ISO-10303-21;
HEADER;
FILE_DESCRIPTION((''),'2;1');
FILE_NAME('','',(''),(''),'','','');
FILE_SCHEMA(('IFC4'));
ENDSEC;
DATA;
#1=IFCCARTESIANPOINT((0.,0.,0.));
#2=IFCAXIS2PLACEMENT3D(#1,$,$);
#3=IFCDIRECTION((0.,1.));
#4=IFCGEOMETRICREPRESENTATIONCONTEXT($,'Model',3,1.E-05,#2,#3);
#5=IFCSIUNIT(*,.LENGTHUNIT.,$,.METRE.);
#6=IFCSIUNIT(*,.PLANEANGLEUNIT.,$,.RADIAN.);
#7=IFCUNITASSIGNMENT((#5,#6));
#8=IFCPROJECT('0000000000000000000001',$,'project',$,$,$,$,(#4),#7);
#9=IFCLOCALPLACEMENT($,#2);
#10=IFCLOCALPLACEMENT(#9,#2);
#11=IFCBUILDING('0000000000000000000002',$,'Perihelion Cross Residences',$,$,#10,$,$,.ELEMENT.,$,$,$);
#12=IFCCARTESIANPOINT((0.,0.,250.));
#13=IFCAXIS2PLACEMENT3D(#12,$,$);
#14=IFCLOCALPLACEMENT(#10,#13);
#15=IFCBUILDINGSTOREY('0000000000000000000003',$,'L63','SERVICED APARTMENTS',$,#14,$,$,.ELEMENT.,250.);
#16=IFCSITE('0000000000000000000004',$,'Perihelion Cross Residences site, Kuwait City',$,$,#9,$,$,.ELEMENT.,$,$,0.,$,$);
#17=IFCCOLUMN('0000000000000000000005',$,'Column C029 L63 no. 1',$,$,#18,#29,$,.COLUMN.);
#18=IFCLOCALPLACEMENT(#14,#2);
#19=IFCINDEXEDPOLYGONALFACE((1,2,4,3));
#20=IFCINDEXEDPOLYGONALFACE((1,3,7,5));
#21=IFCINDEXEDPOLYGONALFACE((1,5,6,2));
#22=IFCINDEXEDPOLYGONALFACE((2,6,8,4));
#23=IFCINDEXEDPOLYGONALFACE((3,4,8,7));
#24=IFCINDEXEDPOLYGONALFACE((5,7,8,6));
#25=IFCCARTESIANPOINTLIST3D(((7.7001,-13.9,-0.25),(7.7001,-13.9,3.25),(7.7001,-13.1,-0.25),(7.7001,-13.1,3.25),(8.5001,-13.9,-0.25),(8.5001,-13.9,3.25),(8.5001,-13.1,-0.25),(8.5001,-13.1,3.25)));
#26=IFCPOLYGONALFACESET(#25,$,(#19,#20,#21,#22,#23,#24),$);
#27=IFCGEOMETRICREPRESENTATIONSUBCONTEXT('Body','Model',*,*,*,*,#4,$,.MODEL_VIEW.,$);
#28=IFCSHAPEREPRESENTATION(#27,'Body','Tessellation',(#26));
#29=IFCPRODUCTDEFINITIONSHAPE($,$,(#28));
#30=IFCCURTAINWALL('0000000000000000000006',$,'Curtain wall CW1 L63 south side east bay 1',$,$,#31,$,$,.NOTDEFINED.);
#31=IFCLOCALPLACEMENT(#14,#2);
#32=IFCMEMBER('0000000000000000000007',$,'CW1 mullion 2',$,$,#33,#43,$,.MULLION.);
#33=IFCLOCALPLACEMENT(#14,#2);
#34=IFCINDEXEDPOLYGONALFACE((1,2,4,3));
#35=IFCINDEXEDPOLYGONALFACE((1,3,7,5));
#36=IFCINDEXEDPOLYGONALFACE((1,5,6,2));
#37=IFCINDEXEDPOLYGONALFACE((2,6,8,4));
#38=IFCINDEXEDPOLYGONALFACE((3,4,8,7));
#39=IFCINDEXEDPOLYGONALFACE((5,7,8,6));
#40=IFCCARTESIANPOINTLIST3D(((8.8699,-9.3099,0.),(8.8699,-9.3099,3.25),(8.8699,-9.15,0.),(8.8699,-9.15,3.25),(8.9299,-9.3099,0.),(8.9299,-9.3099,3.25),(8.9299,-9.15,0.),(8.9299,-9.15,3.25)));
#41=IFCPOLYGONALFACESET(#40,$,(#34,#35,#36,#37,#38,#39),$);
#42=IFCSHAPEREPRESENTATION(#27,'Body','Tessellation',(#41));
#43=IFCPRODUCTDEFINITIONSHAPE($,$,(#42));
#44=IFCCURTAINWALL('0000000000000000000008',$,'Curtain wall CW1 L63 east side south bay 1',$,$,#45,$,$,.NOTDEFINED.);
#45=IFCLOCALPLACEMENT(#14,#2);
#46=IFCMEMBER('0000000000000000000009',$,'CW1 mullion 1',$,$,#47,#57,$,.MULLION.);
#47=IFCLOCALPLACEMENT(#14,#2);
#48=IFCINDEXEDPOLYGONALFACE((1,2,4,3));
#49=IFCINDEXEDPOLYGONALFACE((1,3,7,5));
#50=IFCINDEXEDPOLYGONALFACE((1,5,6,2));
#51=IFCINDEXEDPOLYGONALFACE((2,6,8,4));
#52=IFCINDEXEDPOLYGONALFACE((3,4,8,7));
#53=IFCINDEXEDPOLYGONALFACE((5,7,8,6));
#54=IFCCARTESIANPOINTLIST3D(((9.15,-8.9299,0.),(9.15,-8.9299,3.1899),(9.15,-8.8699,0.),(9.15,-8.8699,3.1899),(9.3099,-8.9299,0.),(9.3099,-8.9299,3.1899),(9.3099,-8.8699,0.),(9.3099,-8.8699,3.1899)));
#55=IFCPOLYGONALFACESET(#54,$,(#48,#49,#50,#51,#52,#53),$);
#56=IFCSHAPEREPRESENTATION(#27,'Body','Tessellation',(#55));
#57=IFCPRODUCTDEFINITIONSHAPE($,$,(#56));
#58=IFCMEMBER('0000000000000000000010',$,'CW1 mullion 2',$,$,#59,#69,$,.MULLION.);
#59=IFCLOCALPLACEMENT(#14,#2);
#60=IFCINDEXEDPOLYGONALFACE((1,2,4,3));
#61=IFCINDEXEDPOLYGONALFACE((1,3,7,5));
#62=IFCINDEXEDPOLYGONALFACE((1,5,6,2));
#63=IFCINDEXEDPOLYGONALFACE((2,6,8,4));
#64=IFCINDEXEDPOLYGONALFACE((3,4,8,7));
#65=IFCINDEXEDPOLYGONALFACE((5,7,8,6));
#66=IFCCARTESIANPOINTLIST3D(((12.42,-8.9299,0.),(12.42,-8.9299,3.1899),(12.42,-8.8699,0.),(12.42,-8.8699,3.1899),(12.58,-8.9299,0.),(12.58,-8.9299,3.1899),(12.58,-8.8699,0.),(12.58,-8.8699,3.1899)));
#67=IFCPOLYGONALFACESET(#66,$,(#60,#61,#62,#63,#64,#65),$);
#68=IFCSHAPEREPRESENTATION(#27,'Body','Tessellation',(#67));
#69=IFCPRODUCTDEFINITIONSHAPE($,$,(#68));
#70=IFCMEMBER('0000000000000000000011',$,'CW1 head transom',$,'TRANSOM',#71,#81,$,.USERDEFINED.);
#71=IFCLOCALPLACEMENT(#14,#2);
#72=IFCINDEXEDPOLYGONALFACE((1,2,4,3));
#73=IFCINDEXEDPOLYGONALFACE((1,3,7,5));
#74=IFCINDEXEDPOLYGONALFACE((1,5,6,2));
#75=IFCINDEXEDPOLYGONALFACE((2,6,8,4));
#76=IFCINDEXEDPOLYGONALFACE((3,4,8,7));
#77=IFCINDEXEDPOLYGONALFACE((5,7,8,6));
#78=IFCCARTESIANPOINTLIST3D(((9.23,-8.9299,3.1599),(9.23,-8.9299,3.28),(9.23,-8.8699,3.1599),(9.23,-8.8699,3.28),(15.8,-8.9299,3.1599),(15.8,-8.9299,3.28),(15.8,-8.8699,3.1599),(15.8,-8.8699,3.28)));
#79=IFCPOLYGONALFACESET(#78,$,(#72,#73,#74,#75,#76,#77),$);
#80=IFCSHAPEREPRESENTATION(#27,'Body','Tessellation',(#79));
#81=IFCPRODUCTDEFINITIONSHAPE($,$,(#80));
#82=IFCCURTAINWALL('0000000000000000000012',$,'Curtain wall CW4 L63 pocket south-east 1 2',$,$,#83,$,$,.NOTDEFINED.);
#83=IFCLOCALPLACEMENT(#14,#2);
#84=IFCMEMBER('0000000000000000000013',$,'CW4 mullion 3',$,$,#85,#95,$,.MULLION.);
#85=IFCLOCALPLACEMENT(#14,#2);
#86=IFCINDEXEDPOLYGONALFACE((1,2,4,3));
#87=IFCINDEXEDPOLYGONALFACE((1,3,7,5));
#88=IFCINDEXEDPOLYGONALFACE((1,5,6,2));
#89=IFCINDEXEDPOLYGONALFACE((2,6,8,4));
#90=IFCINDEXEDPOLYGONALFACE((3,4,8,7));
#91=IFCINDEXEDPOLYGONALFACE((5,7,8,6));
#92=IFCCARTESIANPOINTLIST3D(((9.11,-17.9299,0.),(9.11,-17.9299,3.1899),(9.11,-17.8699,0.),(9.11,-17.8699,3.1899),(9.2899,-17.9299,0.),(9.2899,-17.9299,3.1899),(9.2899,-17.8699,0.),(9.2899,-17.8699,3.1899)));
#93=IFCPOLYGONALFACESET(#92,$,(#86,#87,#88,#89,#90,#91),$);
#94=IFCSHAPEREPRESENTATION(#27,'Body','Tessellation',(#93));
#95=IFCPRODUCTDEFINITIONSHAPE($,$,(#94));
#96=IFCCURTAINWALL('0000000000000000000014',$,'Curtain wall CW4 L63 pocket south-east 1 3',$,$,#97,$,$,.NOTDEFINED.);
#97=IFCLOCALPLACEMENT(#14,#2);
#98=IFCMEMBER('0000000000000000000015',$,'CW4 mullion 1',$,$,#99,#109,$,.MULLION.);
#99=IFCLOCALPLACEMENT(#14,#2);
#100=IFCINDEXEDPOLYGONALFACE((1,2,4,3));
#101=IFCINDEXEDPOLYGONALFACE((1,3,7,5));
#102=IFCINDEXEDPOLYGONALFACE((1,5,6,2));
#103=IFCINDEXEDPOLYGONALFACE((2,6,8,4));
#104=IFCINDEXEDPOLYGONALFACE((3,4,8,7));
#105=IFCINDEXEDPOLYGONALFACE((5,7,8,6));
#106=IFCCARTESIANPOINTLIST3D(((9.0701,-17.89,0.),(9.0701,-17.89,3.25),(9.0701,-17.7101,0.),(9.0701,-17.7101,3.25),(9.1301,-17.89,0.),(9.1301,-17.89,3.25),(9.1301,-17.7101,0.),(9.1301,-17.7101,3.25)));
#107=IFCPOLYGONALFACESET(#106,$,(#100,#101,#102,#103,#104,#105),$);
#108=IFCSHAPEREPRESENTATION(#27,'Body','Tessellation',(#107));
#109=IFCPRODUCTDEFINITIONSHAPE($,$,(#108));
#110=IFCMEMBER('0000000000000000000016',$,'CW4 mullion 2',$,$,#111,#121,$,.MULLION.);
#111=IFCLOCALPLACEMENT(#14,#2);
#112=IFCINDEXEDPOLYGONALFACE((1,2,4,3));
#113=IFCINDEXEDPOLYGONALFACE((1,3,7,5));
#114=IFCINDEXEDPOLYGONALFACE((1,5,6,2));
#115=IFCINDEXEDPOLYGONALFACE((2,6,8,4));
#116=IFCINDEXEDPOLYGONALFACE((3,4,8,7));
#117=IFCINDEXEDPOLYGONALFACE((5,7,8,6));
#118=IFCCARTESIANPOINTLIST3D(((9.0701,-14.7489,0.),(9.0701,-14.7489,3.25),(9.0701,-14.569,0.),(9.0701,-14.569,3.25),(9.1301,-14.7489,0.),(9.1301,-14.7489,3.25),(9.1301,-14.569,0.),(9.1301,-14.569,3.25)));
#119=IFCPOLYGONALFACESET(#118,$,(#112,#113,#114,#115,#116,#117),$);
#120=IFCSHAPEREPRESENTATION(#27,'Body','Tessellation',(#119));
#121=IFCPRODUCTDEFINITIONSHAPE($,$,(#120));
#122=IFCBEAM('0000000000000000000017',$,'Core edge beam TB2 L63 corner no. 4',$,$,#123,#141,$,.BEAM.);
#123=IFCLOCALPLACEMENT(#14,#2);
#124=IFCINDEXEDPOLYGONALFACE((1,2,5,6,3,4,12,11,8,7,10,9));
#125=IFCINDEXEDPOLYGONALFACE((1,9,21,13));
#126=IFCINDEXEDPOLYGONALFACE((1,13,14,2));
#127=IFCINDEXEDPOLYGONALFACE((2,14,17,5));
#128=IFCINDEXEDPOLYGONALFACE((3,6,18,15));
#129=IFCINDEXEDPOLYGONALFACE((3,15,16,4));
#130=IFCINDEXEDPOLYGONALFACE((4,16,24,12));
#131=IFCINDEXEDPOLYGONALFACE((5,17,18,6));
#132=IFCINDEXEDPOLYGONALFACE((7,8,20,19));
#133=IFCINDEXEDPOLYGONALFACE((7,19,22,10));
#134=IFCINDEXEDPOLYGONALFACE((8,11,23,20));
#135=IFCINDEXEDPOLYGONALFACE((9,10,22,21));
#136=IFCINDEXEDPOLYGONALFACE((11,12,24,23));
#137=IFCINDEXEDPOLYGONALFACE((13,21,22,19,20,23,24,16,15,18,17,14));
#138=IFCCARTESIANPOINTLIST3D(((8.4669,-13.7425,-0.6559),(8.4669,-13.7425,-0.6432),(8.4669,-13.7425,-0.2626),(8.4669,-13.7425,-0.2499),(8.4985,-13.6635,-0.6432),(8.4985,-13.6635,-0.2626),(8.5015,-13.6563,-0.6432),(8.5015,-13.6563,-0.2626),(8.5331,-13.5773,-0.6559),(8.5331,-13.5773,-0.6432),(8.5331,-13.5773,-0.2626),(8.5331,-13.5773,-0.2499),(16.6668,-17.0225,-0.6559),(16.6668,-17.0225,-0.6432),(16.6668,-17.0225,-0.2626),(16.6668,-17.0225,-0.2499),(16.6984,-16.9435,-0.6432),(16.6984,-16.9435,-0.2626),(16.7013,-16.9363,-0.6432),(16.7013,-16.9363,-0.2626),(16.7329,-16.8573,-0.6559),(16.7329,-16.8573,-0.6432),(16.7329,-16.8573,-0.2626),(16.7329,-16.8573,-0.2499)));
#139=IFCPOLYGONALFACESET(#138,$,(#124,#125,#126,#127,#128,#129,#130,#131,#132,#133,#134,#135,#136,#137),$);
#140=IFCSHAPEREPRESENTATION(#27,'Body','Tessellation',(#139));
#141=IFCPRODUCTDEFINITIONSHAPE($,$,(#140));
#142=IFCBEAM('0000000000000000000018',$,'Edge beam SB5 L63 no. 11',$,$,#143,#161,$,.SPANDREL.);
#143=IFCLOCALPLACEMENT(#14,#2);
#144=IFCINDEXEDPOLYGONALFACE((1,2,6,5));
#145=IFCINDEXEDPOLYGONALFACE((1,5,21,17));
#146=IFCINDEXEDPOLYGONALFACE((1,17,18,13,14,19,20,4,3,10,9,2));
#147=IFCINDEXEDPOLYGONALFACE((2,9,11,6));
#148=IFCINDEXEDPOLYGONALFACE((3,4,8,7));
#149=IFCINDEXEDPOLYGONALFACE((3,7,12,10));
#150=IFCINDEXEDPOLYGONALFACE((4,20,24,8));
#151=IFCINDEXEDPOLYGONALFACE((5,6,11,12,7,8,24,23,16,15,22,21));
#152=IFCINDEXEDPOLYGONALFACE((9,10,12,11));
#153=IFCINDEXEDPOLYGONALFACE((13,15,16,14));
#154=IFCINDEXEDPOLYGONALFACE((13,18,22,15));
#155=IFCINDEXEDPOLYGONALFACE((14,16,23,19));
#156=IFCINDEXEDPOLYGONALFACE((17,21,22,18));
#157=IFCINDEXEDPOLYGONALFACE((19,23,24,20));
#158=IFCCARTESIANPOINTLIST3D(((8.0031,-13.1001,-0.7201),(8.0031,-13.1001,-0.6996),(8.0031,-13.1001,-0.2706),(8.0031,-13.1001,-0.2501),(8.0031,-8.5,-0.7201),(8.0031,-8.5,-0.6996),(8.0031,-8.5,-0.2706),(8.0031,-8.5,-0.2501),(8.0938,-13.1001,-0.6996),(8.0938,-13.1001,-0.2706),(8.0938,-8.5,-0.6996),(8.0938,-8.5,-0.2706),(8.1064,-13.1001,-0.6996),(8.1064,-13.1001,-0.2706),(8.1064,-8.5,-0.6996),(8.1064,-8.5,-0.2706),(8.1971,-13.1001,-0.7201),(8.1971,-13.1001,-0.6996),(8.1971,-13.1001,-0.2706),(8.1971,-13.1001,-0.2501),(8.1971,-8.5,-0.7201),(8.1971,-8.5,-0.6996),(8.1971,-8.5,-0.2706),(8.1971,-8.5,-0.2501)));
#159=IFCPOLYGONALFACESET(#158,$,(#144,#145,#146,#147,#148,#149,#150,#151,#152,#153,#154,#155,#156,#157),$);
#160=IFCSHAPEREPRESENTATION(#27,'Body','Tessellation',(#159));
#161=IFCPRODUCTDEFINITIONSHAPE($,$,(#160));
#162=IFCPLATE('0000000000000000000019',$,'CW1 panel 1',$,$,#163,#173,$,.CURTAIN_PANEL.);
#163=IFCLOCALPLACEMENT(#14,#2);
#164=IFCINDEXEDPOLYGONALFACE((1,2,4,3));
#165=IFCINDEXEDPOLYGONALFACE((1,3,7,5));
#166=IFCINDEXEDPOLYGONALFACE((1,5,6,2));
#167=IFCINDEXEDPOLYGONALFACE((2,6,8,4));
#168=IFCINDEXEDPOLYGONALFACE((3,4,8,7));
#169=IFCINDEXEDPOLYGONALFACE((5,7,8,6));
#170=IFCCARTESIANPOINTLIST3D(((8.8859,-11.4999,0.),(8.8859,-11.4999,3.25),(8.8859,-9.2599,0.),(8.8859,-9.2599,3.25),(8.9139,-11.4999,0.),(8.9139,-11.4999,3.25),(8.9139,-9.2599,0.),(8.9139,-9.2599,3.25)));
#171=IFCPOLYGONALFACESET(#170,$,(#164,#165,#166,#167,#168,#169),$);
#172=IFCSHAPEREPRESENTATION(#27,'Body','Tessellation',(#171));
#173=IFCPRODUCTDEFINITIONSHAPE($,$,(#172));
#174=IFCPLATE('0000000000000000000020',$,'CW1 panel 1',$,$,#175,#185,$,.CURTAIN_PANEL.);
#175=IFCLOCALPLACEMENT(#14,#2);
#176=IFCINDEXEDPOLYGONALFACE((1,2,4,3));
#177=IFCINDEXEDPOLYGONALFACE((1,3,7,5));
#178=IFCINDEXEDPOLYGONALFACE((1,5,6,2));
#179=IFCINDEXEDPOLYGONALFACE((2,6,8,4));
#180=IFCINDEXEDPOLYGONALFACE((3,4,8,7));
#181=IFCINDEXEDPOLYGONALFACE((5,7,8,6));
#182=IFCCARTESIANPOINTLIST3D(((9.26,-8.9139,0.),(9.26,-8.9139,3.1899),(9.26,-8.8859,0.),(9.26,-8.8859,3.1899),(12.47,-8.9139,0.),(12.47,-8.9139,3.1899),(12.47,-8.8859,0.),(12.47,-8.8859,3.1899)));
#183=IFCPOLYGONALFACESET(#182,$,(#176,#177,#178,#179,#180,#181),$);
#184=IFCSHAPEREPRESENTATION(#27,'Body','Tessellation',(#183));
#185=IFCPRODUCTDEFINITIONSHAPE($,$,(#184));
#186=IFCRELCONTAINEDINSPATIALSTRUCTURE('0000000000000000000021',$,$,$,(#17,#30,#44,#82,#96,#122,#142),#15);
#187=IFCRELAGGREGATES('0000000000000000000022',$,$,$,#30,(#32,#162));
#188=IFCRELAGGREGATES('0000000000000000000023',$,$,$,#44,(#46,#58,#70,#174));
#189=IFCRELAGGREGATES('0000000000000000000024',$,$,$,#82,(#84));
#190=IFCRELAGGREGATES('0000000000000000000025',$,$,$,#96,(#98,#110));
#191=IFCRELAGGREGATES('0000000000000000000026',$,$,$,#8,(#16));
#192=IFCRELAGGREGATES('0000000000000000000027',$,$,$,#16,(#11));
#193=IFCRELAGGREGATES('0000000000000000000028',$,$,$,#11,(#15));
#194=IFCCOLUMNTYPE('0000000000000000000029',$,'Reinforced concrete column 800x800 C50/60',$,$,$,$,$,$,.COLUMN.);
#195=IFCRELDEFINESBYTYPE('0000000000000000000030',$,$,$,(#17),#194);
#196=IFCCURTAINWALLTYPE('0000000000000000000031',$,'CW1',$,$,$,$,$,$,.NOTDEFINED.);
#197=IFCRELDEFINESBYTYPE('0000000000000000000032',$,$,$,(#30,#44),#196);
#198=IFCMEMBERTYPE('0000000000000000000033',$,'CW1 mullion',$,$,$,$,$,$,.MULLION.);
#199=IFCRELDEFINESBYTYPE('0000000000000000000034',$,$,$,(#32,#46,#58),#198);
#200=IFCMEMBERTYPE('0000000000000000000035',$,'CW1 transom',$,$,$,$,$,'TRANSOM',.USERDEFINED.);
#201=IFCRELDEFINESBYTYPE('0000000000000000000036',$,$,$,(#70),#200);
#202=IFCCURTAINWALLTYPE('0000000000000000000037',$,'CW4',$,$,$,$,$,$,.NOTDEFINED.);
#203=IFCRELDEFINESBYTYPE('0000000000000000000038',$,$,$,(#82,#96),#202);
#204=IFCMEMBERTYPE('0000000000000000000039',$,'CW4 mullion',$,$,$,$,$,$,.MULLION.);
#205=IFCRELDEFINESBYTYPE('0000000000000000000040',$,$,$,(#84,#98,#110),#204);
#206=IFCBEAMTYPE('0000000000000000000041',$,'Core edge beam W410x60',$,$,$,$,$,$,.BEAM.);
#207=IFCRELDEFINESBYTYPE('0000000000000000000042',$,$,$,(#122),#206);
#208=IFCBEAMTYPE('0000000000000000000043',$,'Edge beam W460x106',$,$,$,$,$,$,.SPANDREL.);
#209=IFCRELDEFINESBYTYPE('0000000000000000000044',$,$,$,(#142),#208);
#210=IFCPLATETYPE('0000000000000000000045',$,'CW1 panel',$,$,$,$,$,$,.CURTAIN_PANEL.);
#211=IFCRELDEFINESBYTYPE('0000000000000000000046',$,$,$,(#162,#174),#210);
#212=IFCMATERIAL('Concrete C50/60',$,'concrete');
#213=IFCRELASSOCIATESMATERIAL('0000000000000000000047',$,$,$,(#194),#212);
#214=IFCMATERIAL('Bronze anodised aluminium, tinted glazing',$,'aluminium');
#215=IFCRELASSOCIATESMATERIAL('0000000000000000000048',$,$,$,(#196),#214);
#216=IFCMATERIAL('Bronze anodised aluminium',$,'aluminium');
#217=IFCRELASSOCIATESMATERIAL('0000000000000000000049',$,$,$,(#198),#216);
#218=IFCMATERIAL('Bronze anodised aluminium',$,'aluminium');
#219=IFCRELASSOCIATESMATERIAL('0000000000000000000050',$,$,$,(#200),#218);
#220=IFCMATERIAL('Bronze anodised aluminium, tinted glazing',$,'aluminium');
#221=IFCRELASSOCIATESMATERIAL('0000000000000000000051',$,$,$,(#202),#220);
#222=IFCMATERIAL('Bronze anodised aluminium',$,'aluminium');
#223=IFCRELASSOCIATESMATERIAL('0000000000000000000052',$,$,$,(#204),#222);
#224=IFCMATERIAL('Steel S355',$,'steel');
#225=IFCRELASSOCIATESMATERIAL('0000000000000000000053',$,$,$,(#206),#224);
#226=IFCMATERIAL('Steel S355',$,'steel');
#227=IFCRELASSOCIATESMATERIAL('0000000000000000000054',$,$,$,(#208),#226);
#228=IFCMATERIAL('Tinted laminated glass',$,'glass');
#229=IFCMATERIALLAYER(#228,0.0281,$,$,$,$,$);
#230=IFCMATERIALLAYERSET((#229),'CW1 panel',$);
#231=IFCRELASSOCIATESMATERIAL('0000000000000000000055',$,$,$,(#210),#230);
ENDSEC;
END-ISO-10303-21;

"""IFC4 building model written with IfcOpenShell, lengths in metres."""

from ifc_helpers import new_model, si_unit, direction, frame, origin, origin_2d, place, context, subcontext, project, spatial, rectangle, i_section, extrude, material, layer, layer_set, material_profile, profile_set, type_object, element, aggregate, save


model = new_model("IFC4")

# Units and contexts
model_context = context("Model", 3, precision=1e-05, world=origin(), true_north=direction((0.0, 1.0)))
body_context = subcontext(model_context, "Body", "Model", "MODEL_VIEW")
ifc_project = project(units=[si_unit("LENGTHUNIT", "METRE"), si_unit("PLANEANGLEUNIT", "RADIAN")], contexts=[model_context])

# Site, building, storey
site_placement = place(None, origin())
site = spatial("IfcSite", under=ifc_project, at=site_placement, Name="Perihelion Cross Residences site, Kuwait City", CompositionType="ELEMENT", RefElevation=0.0)
building_placement = place(site_placement, origin())
building = spatial("IfcBuilding", under=site, at=building_placement, Name="Perihelion Cross Residences", CompositionType="ELEMENT")
storey_placement = place(building_placement, frame((0.0, 0.0, 250.0)))
storey = spatial("IfcBuildingStorey", under=building, at=storey_placement, Name="L63", Description="SERVICED APARTMENTS", CompositionType="ELEMENT", Elevation=250.0)

# Column
ifc_material_1 = material(Name="Concrete C50/60", Category="concrete")
ifc_material_profile_1 = material_profile(ifc_material_1, rectangle(XDim=0.8, YDim=0.8, at=origin_2d()), Name="RC 800x800")
ifc_profile_set_1 = profile_set([ifc_material_profile_1], Name="Concrete C50/60")
column_type = type_object("IfcColumnType", Name="Reinforced concrete column 800x800 C50/60", PredefinedType="COLUMN", material=ifc_profile_set_1)
column_placement = place(storey_placement, frame((8.1001, -13.5, -0.25), z_axis=(0.0, 0.0, 1.0), x_axis=(1.0, 0.0, 0.0)))
element("IfcColumn", 1, at=column_placement, inside=storey, type_object=column_type, Name="Column C029 L63 no. 1", PredefinedType="COLUMN", context=body_context, shape_type="SweptSolid", body=[
    extrude(rectangle(XDim=0.8, YDim=0.8, at=origin_2d()), origin(), (0.0, 0.0, 1.0), 3.5),
])

# Curtain wall, member
ifc_material_2 = material(Name="Bronze anodised aluminium, tinted glazing", Category="aluminium")
curtain_wall_type_1 = type_object("IfcCurtainWallType", Name="CW1", PredefinedType="NOTDEFINED", material=ifc_material_2)
curtain_wall_1_placement = place(storey_placement, origin())
curtain_wall_1 = element("IfcCurtainWall", 2, at=curtain_wall_1_placement, inside=storey, type_object=curtain_wall_type_1, Name="Curtain wall CW1 L63 south side east bay 1", PredefinedType="NOTDEFINED")
ifc_material_3 = material(Name="Bronze anodised aluminium", Category="aluminium")
ifc_material_profile_2 = material_profile(ifc_material_3, rectangle(XDim=0.0601, YDim=0.1599, at=origin_2d()), Name="CW1 mullion")
ifc_profile_set_2 = profile_set([ifc_material_profile_2], Name="Bronze anodised aluminium")
member_type_1 = type_object("IfcMemberType", Name="CW1 mullion", PredefinedType="MULLION", material=ifc_profile_set_2)
member_1_placement = place(storey_placement, frame((8.8999, -9.23, 0.0), z_axis=(0.0, 0.0, 1.0), x_axis=(-1.0, 0.0, 0.0)))
member_1 = element("IfcMember", 3, at=member_1_placement, type_object=member_type_1, Name="CW1 mullion 2", PredefinedType="MULLION", context=body_context, shape_type="SweptSolid", body=[
    extrude(rectangle(XDim=0.0601, YDim=0.1599, at=origin_2d()), origin(), (0.0, 0.0, 1.0), 3.25),
])

# Curtain wall, members
curtain_wall_2_placement = place(storey_placement, origin())
curtain_wall_2 = element("IfcCurtainWall", 4, at=curtain_wall_2_placement, inside=storey, type_object=curtain_wall_type_1, Name="Curtain wall CW1 L63 east side south bay 1", PredefinedType="NOTDEFINED")
member_2_placement = place(storey_placement, frame((9.23, -8.8999, 0.0), z_axis=(0.0, 0.0, 1.0), x_axis=(0.0, 1.0, 0.0)))
member_2 = element("IfcMember", 5, at=member_2_placement, type_object=member_type_1, Name="CW1 mullion 1", PredefinedType="MULLION", context=body_context, shape_type="SweptSolid", body=[
    extrude(rectangle(XDim=0.0601, YDim=0.1599, at=origin_2d()), origin(), (0.0, 0.0, 1.0), 3.1899),
])
member_3_placement = place(storey_placement, frame((12.5, -8.8999, 0.0), z_axis=(0.0, 0.0, 1.0), x_axis=(0.0, 1.0, 0.0)))
member_3 = element("IfcMember", 6, at=member_3_placement, type_object=member_type_1, Name="CW1 mullion 2", PredefinedType="MULLION", context=body_context, shape_type="SweptSolid", body=[
    extrude(rectangle(XDim=0.0601, YDim=0.1599, at=origin_2d()), origin(), (0.0, 0.0, 1.0), 3.1899),
])
ifc_material_4 = material(Name="Bronze anodised aluminium", Category="aluminium")
ifc_material_profile_3 = material_profile(ifc_material_4, rectangle(XDim=0.0601, YDim=0.1201, at=origin_2d()), Name="CW1 transom")
ifc_profile_set_3 = profile_set([ifc_material_profile_3], Name="Bronze anodised aluminium")
member_type_2 = type_object("IfcMemberType", Name="CW1 transom", ElementType="TRANSOM", PredefinedType="USERDEFINED", material=ifc_profile_set_3)
member_4_placement = place(storey_placement, frame((9.23, -8.8999, 3.22), z_axis=(1.0, 0.0, 0.0), x_axis=(0.0, 1.0, 0.0)))
member_4 = element("IfcMember", 7, at=member_4_placement, type_object=member_type_2, Name="CW1 head transom", ObjectType="TRANSOM", PredefinedType="USERDEFINED", context=body_context, shape_type="SweptSolid", body=[
    extrude(rectangle(XDim=0.0601, YDim=0.1201, at=origin_2d()), origin(), (0.0, 0.0, 1.0), 6.5701),
])

# Curtain wall, member
ifc_material_5 = material(Name="Bronze anodised aluminium, tinted glazing", Category="aluminium")
curtain_wall_type_2 = type_object("IfcCurtainWallType", Name="CW4", PredefinedType="NOTDEFINED", material=ifc_material_5)
curtain_wall_3_placement = place(storey_placement, origin())
curtain_wall_3 = element("IfcCurtainWall", 8, at=curtain_wall_3_placement, inside=storey, type_object=curtain_wall_type_2, Name="Curtain wall CW4 L63 pocket south-east 1 2", PredefinedType="NOTDEFINED")
ifc_material_6 = material(Name="Bronze anodised aluminium", Category="aluminium")
ifc_material_profile_4 = material_profile(ifc_material_6, rectangle(XDim=0.0601, YDim=0.1799, at=origin_2d()), Name="CW4 mullion")
ifc_profile_set_4 = profile_set([ifc_material_profile_4], Name="Bronze anodised aluminium")
member_type_3 = type_object("IfcMemberType", Name="CW4 mullion", PredefinedType="MULLION", material=ifc_profile_set_4)
member_5_placement = place(storey_placement, frame((9.2, -17.8999, 0.0), z_axis=(0.0, 0.0, 1.0), x_axis=(0.0, -1.0, 0.0)))
member_5 = element("IfcMember", 9, at=member_5_placement, type_object=member_type_3, Name="CW4 mullion 3", PredefinedType="MULLION", context=body_context, shape_type="SweptSolid", body=[
    extrude(rectangle(XDim=0.0601, YDim=0.1799, at=origin_2d()), origin(), (0.0, 0.0, 1.0), 3.1899),
])

# Curtain wall, members
curtain_wall_4_placement = place(storey_placement, origin())
curtain_wall_4 = element("IfcCurtainWall", 10, at=curtain_wall_4_placement, inside=storey, type_object=curtain_wall_type_2, Name="Curtain wall CW4 L63 pocket south-east 1 3", PredefinedType="NOTDEFINED")
member_6_placement = place(storey_placement, frame((9.1001, -17.8, 0.0), z_axis=(0.0, 0.0, 1.0), x_axis=(-1.0, 0.0, 0.0)))
member_6 = element("IfcMember", 11, at=member_6_placement, type_object=member_type_3, Name="CW4 mullion 1", PredefinedType="MULLION", context=body_context, shape_type="SweptSolid", body=[
    extrude(rectangle(XDim=0.0601, YDim=0.1799, at=origin_2d()), origin(), (0.0, 0.0, 1.0), 3.25),
])
member_7_placement = place(storey_placement, frame((9.1001, -14.6589, 0.0), z_axis=(0.0, 0.0, 1.0), x_axis=(-1.0, 0.0, 0.0)))
member_7 = element("IfcMember", 12, at=member_7_placement, type_object=member_type_3, Name="CW4 mullion 2", PredefinedType="MULLION", context=body_context, shape_type="SweptSolid", body=[
    extrude(rectangle(XDim=0.0601, YDim=0.1799, at=origin_2d()), origin(), (0.0, 0.0, 1.0), 3.25),
])

# Beams
ifc_material_7 = material(Name="Steel S355", Category="steel")
ifc_material_profile_5 = material_profile(ifc_material_7, i_section(OverallWidth=0.178, OverallDepth=0.406, WebThickness=0.0078, FlangeThickness=0.0127, at=origin_2d()), Name="W410x60")
ifc_profile_set_5 = profile_set([ifc_material_profile_5], Name="Steel S355")
beam_type_1 = type_object("IfcBeamType", Name="Core edge beam W410x60", PredefinedType="BEAM", material=ifc_profile_set_5)
beam_1_placement = place(storey_placement, frame((8.5, -13.6599, -0.4529), z_axis=(0.928475, -0.371395, 0.0), x_axis=(0.371395, 0.928475, 0.0)))
element("IfcBeam", 13, at=beam_1_placement, inside=storey, type_object=beam_type_1, Name="Core edge beam TB2 L63 corner no. 4", PredefinedType="BEAM", context=body_context, shape_type="SweptSolid", body=[
    extrude(i_section(OverallWidth=0.178, OverallDepth=0.406, WebThickness=0.0078, FlangeThickness=0.0127, at=origin_2d()), origin(), (0.0, 0.0, 1.0), 8.8315),
])
ifc_material_8 = material(Name="Steel S355", Category="steel")
ifc_material_profile_6 = material_profile(ifc_material_8, i_section(OverallWidth=0.1941, OverallDepth=0.47, WebThickness=0.0127, FlangeThickness=0.0205, at=origin_2d()), Name="W460x106")
ifc_profile_set_6 = profile_set([ifc_material_profile_6], Name="Steel S355")
beam_type_2 = type_object("IfcBeamType", Name="Edge beam W460x106", PredefinedType="SPANDREL", material=ifc_profile_set_6)
beam_2_placement = place(storey_placement, frame((8.1001, -13.1001, -0.4851), z_axis=(0.0, 1.0, 0.0), x_axis=(-1.0, 0.0, 0.0)))
element("IfcBeam", 14, at=beam_2_placement, inside=storey, type_object=beam_type_2, Name="Edge beam SB5 L63 no. 11", PredefinedType="SPANDREL", context=body_context, shape_type="SweptSolid", body=[
    extrude(i_section(OverallWidth=0.1941, OverallDepth=0.47, WebThickness=0.0127, FlangeThickness=0.0205, at=origin_2d()), origin(), (0.0, 0.0, 1.0), 4.6001),
])

# Plates
ifc_material_9 = material(Name="Tinted laminated glass", Category="glass")
ifc_layer_1 = layer(ifc_material_9, 0.0281)
ifc_layer_set_1 = layer_set([ifc_layer_1], Name="CW1 panel")
plate_type_1 = type_object("IfcPlateType", Name="CW1 panel", PredefinedType="CURTAIN_PANEL", material=ifc_layer_set_1)
plate_1_placement = place(storey_placement, frame((8.8999, -10.3799, 0.0), z_axis=(0.0, 0.0, 1.0), x_axis=(0.0, 1.0, 0.0)))
plate_1 = element("IfcPlate", 15, at=plate_1_placement, type_object=plate_type_1, Name="CW1 panel 1", PredefinedType="CURTAIN_PANEL", context=body_context, shape_type="SweptSolid", body=[
    extrude(rectangle(XDim=2.24, YDim=0.0281, at=origin_2d()), origin(), (0.0, 0.0, 1.0), 3.25),
])
aggregate(curtain_wall_1, [member_1, plate_1])
plate_2_placement = place(storey_placement, frame((10.865, -8.8999, 0.0), z_axis=(0.0, 0.0, 1.0), x_axis=(1.0, 0.0, 0.0)))
plate_2 = element("IfcPlate", 16, at=plate_2_placement, type_object=plate_type_1, Name="CW1 panel 1", PredefinedType="CURTAIN_PANEL", context=body_context, shape_type="SweptSolid", body=[
    extrude(rectangle(XDim=3.21, YDim=0.0281, at=origin_2d()), origin(), (0.0, 0.0, 1.0), 3.1899),
])
aggregate(curtain_wall_2, [member_2, member_3, member_4, plate_2])
aggregate(curtain_wall_3, [member_5])
aggregate(curtain_wall_4, [member_6, member_7])

save(model, "model.ifc")
